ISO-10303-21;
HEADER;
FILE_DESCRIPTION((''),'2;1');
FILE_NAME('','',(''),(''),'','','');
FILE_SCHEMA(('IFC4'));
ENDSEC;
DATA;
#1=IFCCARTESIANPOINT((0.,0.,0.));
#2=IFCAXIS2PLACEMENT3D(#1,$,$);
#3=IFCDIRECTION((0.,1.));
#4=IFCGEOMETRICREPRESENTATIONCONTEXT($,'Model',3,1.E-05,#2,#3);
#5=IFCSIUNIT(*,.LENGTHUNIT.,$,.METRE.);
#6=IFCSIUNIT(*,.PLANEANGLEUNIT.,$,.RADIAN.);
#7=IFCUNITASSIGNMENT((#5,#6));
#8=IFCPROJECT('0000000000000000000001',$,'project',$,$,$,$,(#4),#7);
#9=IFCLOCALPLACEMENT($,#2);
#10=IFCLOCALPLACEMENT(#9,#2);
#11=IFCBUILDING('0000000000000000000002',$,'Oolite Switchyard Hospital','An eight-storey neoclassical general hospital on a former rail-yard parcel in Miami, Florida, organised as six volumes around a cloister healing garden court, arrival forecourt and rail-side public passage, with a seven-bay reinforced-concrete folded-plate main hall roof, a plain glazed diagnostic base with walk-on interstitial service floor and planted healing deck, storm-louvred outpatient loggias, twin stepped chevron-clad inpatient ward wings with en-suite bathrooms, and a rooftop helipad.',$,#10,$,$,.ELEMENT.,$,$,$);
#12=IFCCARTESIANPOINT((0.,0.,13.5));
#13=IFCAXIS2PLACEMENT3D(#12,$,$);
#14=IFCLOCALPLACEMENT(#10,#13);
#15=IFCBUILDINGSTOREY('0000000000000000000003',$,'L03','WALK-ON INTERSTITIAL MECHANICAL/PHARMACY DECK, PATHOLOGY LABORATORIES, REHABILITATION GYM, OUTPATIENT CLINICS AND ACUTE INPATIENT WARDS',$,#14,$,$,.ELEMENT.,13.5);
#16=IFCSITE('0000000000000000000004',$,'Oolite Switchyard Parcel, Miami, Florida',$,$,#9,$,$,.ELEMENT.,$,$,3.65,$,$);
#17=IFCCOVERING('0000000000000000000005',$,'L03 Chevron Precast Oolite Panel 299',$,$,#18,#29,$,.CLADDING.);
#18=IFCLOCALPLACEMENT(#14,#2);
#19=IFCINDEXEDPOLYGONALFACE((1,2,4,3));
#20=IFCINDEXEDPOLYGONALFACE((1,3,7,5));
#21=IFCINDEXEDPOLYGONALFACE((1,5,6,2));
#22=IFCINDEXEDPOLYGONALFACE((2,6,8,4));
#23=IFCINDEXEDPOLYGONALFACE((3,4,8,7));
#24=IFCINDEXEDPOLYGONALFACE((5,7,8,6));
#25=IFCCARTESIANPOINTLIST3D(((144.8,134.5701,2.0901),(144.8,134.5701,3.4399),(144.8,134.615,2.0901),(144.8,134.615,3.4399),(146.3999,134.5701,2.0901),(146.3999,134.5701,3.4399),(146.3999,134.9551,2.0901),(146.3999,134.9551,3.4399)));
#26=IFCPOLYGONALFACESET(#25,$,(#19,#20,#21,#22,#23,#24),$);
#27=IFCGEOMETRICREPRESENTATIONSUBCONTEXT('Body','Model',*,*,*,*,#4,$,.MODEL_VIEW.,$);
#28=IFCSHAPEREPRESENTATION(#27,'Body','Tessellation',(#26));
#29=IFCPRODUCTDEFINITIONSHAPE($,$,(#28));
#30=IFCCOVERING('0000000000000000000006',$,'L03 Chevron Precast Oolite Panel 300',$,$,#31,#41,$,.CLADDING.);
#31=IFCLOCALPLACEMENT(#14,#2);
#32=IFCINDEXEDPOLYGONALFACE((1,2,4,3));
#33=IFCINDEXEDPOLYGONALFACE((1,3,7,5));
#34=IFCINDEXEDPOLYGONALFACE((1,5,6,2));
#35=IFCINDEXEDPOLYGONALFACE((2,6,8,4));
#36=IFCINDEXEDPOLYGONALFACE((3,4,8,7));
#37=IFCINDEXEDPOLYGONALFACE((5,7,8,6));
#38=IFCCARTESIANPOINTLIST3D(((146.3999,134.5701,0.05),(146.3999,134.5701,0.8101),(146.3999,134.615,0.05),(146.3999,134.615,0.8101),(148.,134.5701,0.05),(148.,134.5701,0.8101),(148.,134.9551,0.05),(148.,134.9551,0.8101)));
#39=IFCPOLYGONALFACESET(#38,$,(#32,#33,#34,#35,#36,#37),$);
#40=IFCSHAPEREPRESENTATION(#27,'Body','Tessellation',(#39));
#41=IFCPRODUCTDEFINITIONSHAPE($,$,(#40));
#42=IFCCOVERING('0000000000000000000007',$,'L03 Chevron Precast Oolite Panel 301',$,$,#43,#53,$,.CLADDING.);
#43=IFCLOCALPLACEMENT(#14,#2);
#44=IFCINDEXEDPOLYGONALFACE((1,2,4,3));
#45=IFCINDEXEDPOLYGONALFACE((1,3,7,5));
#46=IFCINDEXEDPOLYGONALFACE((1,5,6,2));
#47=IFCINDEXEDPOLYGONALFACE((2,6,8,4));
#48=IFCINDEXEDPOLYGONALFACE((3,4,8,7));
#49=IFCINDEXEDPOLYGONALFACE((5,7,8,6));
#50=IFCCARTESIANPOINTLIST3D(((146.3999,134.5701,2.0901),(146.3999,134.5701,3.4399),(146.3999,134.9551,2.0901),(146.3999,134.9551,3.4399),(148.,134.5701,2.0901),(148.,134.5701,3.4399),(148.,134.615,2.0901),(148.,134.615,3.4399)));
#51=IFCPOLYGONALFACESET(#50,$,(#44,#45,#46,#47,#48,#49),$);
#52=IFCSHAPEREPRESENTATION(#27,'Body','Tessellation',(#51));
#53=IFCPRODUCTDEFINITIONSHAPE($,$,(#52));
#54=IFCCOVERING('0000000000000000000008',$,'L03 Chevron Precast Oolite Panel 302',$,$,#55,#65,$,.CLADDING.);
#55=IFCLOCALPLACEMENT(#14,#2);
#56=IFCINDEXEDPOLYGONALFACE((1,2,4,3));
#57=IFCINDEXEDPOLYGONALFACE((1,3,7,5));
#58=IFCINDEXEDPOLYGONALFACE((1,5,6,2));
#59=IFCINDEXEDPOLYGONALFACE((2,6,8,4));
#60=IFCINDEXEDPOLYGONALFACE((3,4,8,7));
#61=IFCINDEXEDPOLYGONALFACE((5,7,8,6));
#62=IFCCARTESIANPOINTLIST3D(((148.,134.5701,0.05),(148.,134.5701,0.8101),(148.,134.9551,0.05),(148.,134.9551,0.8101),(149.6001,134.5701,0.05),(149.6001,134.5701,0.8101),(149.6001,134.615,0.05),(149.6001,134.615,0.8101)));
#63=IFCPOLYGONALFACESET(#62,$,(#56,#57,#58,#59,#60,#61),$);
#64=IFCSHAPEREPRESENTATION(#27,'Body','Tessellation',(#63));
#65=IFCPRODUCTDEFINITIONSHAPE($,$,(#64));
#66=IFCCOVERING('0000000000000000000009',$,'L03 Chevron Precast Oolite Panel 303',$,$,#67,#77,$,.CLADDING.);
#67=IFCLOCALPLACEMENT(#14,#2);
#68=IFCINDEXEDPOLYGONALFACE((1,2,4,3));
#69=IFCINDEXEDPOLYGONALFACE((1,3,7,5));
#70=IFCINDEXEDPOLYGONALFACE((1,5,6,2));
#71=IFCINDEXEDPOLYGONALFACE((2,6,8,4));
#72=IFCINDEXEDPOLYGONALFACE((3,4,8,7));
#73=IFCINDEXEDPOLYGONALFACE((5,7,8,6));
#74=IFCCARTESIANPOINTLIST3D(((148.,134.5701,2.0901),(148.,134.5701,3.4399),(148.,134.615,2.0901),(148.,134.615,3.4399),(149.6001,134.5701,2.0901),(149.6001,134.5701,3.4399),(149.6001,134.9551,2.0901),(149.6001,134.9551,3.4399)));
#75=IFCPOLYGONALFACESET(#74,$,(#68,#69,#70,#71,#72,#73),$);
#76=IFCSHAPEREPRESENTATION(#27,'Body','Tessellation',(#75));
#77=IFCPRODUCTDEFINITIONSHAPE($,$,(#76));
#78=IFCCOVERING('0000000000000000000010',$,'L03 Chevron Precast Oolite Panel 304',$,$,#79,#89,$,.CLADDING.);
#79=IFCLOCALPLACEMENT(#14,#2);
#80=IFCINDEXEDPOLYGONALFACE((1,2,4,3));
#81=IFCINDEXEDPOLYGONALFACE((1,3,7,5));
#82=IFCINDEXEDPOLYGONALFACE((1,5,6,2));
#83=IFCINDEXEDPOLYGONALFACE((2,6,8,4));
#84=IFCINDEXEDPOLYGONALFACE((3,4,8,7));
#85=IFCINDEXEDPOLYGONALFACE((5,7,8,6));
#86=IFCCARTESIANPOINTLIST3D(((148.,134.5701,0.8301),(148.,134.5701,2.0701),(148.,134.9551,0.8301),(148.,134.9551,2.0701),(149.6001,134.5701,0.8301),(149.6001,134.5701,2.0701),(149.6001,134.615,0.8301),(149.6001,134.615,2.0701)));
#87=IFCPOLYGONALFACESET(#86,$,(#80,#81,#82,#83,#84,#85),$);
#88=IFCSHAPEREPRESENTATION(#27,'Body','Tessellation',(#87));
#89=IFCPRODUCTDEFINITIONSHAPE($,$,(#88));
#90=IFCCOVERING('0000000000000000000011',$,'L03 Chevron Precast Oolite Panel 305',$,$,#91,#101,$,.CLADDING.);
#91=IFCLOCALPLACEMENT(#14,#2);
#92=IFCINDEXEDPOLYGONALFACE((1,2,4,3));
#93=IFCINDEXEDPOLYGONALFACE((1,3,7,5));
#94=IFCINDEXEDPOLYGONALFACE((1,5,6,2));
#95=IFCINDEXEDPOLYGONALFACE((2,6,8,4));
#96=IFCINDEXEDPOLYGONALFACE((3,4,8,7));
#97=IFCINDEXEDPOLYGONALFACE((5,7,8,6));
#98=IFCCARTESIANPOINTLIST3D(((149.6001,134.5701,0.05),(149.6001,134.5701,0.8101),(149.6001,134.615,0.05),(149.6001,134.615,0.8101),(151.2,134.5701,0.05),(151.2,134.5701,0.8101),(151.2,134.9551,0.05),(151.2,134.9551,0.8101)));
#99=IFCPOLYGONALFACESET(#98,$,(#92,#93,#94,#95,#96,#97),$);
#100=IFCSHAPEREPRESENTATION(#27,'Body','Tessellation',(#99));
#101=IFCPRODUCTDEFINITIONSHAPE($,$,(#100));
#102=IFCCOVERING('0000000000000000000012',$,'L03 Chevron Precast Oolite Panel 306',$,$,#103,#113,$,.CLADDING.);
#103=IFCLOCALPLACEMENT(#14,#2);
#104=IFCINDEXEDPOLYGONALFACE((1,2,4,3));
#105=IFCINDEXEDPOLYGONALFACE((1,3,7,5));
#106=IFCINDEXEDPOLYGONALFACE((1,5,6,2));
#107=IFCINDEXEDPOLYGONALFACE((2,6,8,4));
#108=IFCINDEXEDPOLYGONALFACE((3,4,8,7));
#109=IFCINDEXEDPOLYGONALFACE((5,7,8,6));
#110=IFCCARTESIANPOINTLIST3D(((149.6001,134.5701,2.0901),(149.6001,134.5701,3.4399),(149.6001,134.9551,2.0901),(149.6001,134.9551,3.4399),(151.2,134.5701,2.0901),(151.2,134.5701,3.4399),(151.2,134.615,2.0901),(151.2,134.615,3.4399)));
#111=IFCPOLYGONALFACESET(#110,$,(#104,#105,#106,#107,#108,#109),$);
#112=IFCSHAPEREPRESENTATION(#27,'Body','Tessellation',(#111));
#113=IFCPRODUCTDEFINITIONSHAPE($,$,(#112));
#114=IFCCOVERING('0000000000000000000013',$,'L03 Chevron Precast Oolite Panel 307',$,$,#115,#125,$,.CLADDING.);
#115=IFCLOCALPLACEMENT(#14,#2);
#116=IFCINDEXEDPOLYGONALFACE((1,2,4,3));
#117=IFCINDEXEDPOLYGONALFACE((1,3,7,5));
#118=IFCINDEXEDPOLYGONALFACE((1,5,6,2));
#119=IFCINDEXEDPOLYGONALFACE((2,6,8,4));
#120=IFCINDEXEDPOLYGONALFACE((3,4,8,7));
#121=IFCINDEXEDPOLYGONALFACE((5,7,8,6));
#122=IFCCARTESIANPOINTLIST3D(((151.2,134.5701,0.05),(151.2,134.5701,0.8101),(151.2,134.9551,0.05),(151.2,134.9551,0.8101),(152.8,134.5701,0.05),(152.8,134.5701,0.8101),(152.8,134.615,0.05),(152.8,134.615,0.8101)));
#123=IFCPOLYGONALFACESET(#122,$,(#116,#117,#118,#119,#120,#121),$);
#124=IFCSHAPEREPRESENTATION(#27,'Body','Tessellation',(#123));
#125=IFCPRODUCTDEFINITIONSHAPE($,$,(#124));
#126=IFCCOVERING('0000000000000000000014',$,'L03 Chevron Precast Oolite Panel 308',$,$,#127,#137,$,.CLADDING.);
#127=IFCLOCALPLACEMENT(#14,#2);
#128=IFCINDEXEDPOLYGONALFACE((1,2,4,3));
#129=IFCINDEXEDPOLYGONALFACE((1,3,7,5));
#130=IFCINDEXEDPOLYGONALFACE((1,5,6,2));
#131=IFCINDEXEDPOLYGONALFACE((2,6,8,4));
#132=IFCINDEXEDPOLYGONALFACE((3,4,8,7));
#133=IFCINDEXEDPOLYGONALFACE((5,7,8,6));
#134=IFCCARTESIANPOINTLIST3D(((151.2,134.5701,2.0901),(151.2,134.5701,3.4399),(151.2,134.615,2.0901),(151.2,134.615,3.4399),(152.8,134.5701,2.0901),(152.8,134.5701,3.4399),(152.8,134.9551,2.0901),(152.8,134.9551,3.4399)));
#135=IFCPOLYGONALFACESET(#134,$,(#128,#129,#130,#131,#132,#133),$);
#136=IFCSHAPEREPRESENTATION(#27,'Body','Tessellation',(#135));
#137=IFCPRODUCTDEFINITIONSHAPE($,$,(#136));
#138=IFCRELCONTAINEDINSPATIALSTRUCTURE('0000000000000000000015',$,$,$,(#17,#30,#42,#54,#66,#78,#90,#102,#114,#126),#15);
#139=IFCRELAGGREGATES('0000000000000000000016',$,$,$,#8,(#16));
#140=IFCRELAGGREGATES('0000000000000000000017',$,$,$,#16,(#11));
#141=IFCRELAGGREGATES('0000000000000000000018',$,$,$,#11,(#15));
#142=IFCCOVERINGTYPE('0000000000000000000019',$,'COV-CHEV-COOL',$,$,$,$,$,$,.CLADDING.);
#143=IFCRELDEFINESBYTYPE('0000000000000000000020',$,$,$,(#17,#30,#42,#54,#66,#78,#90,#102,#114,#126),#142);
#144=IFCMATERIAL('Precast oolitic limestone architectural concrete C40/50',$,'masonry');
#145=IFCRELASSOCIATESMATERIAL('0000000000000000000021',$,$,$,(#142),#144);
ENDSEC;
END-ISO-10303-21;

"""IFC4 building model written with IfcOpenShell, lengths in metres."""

from ifc_helpers import new_model, si_unit, direction, frame, origin, place, context, subcontext, project, spatial, polyline, outline, extrude, material, type_object, element, save


model = new_model("IFC4")

# Units and contexts
model_context = context("Model", 3, precision=1e-05, world=origin(), true_north=direction((0.0, 1.0)))
body_context = subcontext(model_context, "Body", "Model", "MODEL_VIEW")
ifc_project = project(units=[si_unit("LENGTHUNIT", "METRE"), si_unit("PLANEANGLEUNIT", "RADIAN")], contexts=[model_context])

# Site, building, storey
site_placement = place(None, origin())
site = spatial("IfcSite", under=ifc_project, at=site_placement, Name="Oolite Switchyard Parcel, Miami, Florida", CompositionType="ELEMENT", RefElevation=3.65)
building_placement = place(site_placement, origin())
building = spatial("IfcBuilding", under=site, at=building_placement, Name="Oolite Switchyard Hospital", Description="An eight-storey neoclassical general hospital on a former rail-yard parcel in Miami, Florida, organised as six volumes around a cloister healing garden court, arrival forecourt and rail-side public passage, with a seven-bay reinforced-concrete folded-plate main hall roof, a plain glazed diagnostic base with walk-on interstitial service floor and planted healing deck, storm-louvred outpatient loggias, twin stepped chevron-clad inpatient ward wings with en-suite bathrooms, and a rooftop helipad.", CompositionType="ELEMENT")
storey_placement = place(building_placement, frame((0.0, 0.0, 13.5)))
storey = spatial("IfcBuildingStorey", under=building, at=storey_placement, Name="L03", Description="WALK-ON INTERSTITIAL MECHANICAL/PHARMACY DECK, PATHOLOGY LABORATORIES, REHABILITATION GYM, OUTPATIENT CLINICS AND ACUTE INPATIENT WARDS", CompositionType="ELEMENT", Elevation=13.5)

# Coverings
ifc_material_1 = material(Name="Precast oolitic limestone architectural concrete C40/50", Category="masonry")
covering_type = type_object("IfcCoveringType", Name="COV-CHEV-COOL", PredefinedType="CLADDING", material=ifc_material_1)
covering_1_placement = place(storey_placement, frame((144.8, 134.5701, 2.0901), z_axis=(0.0, 0.0, 1.0), x_axis=(1.0, 0.0, 0.0)))
element("IfcCovering", 1, at=covering_1_placement, inside=storey, type_object=covering_type, Name="L03 Chevron Precast Oolite Panel 299", PredefinedType="CLADDING", context=body_context, shape_type="SweptSolid", body=[
    extrude(outline(polyline([(0.0, 0.0), (1.5999, 0.0), (1.5999, 0.385), (0.0, 0.0449), (0.0, 0.0)])), origin(), (0.0, 0.0, 1.0), 1.3499),
])
covering_2_placement = place(storey_placement, frame((146.3999, 134.5701, 0.05), z_axis=(0.0, 0.0, 1.0), x_axis=(1.0, 0.0, 0.0)))
element("IfcCovering", 2, at=covering_2_placement, inside=storey, type_object=covering_type, Name="L03 Chevron Precast Oolite Panel 300", PredefinedType="CLADDING", context=body_context, shape_type="SweptSolid", body=[
    extrude(outline(polyline([(0.0, 0.0), (1.6001, 0.0), (1.6001, 0.385), (0.0, 0.0449), (0.0, 0.0)])), origin(), (0.0, 0.0, 1.0), 0.76),
])
covering_3_placement = place(storey_placement, frame((146.3999, 134.5701, 2.0901), z_axis=(0.0, 0.0, 1.0), x_axis=(1.0, 0.0, 0.0)))
element("IfcCovering", 3, at=covering_3_placement, inside=storey, type_object=covering_type, Name="L03 Chevron Precast Oolite Panel 301", PredefinedType="CLADDING", context=body_context, shape_type="SweptSolid", body=[
    extrude(outline(polyline([(0.0, 0.0), (1.6001, 0.0), (1.6001, 0.0449), (0.0, 0.385), (0.0, 0.0)])), origin(), (0.0, 0.0, 1.0), 1.3499),
])
covering_4_placement = place(storey_placement, frame((148.0, 134.5701, 0.05), z_axis=(0.0, 0.0, 1.0), x_axis=(1.0, 0.0, 0.0)))
element("IfcCovering", 4, at=covering_4_placement, inside=storey, type_object=covering_type, Name="L03 Chevron Precast Oolite Panel 302", PredefinedType="CLADDING", context=body_context, shape_type="SweptSolid", body=[
    extrude(outline(polyline([(0.0, 0.0), (1.6001, 0.0), (1.6001, 0.0449), (0.0, 0.385), (0.0, 0.0)])), origin(), (0.0, 0.0, 1.0), 0.76),
])
covering_5_placement = place(storey_placement, frame((148.0, 134.5701, 2.0901), z_axis=(0.0, 0.0, 1.0), x_axis=(1.0, 0.0, 0.0)))
element("IfcCovering", 5, at=covering_5_placement, inside=storey, type_object=covering_type, Name="L03 Chevron Precast Oolite Panel 303", PredefinedType="CLADDING", context=body_context, shape_type="SweptSolid", body=[
    extrude(outline(polyline([(0.0, 0.0), (1.6001, 0.0), (1.6001, 0.385), (0.0, 0.0449), (0.0, 0.0)])), origin(), (0.0, 0.0, 1.0), 1.3499),
])
covering_6_placement = place(storey_placement, frame((148.0, 134.5701, 0.8301), z_axis=(0.0, 0.0, 1.0), x_axis=(1.0, 0.0, 0.0)))
element("IfcCovering", 6, at=covering_6_placement, inside=storey, type_object=covering_type, Name="L03 Chevron Precast Oolite Panel 304", PredefinedType="CLADDING", context=body_context, shape_type="SweptSolid", body=[
    extrude(outline(polyline([(0.0, 0.0), (1.6001, 0.0), (1.6001, 0.0449), (0.0, 0.385), (0.0, 0.0)])), origin(), (0.0, 0.0, 1.0), 1.24),
])
covering_7_placement = place(storey_placement, frame((149.6001, 134.5701, 0.05), z_axis=(0.0, 0.0, 1.0), x_axis=(1.0, 0.0, 0.0)))
element("IfcCovering", 7, at=covering_7_placement, inside=storey, type_object=covering_type, Name="L03 Chevron Precast Oolite Panel 305", PredefinedType="CLADDING", context=body_context, shape_type="SweptSolid", body=[
    extrude(outline(polyline([(0.0, 0.0), (1.5999, 0.0), (1.5999, 0.385), (0.0, 0.0449), (0.0, 0.0)])), origin(), (0.0, 0.0, 1.0), 0.76),
])
covering_8_placement = place(storey_placement, frame((149.6001, 134.5701, 2.0901), z_axis=(0.0, 0.0, 1.0), x_axis=(1.0, 0.0, 0.0)))
element("IfcCovering", 8, at=covering_8_placement, inside=storey, type_object=covering_type, Name="L03 Chevron Precast Oolite Panel 306", PredefinedType="CLADDING", context=body_context, shape_type="SweptSolid", body=[
    extrude(outline(polyline([(0.0, 0.0), (1.5999, 0.0), (1.5999, 0.0449), (0.0, 0.385), (0.0, 0.0)])), origin(), (0.0, 0.0, 1.0), 1.3499),
])
covering_9_placement = place(storey_placement, frame((151.2, 134.5701, 0.05), z_axis=(0.0, 0.0, 1.0), x_axis=(1.0, 0.0, 0.0)))
element("IfcCovering", 9, at=covering_9_placement, inside=storey, type_object=covering_type, Name="L03 Chevron Precast Oolite Panel 307", PredefinedType="CLADDING", context=body_context, shape_type="SweptSolid", body=[
    extrude(outline(polyline([(0.0, 0.0), (1.6001, 0.0), (1.6001, 0.0449), (0.0, 0.385), (0.0, 0.0)])), origin(), (0.0, 0.0, 1.0), 0.76),
])
covering_10_placement = place(storey_placement, frame((151.2, 134.5701, 2.0901), z_axis=(0.0, 0.0, 1.0), x_axis=(1.0, 0.0, 0.0)))
element("IfcCovering", 10, at=covering_10_placement, inside=storey, type_object=covering_type, Name="L03 Chevron Precast Oolite Panel 308", PredefinedType="CLADDING", context=body_context, shape_type="SweptSolid", body=[
    extrude(outline(polyline([(0.0, 0.0), (1.6001, 0.0), (1.6001, 0.385), (0.0, 0.0449), (0.0, 0.0)])), origin(), (0.0, 0.0, 1.0), 1.3499),
])

save(model, "model.ifc")
